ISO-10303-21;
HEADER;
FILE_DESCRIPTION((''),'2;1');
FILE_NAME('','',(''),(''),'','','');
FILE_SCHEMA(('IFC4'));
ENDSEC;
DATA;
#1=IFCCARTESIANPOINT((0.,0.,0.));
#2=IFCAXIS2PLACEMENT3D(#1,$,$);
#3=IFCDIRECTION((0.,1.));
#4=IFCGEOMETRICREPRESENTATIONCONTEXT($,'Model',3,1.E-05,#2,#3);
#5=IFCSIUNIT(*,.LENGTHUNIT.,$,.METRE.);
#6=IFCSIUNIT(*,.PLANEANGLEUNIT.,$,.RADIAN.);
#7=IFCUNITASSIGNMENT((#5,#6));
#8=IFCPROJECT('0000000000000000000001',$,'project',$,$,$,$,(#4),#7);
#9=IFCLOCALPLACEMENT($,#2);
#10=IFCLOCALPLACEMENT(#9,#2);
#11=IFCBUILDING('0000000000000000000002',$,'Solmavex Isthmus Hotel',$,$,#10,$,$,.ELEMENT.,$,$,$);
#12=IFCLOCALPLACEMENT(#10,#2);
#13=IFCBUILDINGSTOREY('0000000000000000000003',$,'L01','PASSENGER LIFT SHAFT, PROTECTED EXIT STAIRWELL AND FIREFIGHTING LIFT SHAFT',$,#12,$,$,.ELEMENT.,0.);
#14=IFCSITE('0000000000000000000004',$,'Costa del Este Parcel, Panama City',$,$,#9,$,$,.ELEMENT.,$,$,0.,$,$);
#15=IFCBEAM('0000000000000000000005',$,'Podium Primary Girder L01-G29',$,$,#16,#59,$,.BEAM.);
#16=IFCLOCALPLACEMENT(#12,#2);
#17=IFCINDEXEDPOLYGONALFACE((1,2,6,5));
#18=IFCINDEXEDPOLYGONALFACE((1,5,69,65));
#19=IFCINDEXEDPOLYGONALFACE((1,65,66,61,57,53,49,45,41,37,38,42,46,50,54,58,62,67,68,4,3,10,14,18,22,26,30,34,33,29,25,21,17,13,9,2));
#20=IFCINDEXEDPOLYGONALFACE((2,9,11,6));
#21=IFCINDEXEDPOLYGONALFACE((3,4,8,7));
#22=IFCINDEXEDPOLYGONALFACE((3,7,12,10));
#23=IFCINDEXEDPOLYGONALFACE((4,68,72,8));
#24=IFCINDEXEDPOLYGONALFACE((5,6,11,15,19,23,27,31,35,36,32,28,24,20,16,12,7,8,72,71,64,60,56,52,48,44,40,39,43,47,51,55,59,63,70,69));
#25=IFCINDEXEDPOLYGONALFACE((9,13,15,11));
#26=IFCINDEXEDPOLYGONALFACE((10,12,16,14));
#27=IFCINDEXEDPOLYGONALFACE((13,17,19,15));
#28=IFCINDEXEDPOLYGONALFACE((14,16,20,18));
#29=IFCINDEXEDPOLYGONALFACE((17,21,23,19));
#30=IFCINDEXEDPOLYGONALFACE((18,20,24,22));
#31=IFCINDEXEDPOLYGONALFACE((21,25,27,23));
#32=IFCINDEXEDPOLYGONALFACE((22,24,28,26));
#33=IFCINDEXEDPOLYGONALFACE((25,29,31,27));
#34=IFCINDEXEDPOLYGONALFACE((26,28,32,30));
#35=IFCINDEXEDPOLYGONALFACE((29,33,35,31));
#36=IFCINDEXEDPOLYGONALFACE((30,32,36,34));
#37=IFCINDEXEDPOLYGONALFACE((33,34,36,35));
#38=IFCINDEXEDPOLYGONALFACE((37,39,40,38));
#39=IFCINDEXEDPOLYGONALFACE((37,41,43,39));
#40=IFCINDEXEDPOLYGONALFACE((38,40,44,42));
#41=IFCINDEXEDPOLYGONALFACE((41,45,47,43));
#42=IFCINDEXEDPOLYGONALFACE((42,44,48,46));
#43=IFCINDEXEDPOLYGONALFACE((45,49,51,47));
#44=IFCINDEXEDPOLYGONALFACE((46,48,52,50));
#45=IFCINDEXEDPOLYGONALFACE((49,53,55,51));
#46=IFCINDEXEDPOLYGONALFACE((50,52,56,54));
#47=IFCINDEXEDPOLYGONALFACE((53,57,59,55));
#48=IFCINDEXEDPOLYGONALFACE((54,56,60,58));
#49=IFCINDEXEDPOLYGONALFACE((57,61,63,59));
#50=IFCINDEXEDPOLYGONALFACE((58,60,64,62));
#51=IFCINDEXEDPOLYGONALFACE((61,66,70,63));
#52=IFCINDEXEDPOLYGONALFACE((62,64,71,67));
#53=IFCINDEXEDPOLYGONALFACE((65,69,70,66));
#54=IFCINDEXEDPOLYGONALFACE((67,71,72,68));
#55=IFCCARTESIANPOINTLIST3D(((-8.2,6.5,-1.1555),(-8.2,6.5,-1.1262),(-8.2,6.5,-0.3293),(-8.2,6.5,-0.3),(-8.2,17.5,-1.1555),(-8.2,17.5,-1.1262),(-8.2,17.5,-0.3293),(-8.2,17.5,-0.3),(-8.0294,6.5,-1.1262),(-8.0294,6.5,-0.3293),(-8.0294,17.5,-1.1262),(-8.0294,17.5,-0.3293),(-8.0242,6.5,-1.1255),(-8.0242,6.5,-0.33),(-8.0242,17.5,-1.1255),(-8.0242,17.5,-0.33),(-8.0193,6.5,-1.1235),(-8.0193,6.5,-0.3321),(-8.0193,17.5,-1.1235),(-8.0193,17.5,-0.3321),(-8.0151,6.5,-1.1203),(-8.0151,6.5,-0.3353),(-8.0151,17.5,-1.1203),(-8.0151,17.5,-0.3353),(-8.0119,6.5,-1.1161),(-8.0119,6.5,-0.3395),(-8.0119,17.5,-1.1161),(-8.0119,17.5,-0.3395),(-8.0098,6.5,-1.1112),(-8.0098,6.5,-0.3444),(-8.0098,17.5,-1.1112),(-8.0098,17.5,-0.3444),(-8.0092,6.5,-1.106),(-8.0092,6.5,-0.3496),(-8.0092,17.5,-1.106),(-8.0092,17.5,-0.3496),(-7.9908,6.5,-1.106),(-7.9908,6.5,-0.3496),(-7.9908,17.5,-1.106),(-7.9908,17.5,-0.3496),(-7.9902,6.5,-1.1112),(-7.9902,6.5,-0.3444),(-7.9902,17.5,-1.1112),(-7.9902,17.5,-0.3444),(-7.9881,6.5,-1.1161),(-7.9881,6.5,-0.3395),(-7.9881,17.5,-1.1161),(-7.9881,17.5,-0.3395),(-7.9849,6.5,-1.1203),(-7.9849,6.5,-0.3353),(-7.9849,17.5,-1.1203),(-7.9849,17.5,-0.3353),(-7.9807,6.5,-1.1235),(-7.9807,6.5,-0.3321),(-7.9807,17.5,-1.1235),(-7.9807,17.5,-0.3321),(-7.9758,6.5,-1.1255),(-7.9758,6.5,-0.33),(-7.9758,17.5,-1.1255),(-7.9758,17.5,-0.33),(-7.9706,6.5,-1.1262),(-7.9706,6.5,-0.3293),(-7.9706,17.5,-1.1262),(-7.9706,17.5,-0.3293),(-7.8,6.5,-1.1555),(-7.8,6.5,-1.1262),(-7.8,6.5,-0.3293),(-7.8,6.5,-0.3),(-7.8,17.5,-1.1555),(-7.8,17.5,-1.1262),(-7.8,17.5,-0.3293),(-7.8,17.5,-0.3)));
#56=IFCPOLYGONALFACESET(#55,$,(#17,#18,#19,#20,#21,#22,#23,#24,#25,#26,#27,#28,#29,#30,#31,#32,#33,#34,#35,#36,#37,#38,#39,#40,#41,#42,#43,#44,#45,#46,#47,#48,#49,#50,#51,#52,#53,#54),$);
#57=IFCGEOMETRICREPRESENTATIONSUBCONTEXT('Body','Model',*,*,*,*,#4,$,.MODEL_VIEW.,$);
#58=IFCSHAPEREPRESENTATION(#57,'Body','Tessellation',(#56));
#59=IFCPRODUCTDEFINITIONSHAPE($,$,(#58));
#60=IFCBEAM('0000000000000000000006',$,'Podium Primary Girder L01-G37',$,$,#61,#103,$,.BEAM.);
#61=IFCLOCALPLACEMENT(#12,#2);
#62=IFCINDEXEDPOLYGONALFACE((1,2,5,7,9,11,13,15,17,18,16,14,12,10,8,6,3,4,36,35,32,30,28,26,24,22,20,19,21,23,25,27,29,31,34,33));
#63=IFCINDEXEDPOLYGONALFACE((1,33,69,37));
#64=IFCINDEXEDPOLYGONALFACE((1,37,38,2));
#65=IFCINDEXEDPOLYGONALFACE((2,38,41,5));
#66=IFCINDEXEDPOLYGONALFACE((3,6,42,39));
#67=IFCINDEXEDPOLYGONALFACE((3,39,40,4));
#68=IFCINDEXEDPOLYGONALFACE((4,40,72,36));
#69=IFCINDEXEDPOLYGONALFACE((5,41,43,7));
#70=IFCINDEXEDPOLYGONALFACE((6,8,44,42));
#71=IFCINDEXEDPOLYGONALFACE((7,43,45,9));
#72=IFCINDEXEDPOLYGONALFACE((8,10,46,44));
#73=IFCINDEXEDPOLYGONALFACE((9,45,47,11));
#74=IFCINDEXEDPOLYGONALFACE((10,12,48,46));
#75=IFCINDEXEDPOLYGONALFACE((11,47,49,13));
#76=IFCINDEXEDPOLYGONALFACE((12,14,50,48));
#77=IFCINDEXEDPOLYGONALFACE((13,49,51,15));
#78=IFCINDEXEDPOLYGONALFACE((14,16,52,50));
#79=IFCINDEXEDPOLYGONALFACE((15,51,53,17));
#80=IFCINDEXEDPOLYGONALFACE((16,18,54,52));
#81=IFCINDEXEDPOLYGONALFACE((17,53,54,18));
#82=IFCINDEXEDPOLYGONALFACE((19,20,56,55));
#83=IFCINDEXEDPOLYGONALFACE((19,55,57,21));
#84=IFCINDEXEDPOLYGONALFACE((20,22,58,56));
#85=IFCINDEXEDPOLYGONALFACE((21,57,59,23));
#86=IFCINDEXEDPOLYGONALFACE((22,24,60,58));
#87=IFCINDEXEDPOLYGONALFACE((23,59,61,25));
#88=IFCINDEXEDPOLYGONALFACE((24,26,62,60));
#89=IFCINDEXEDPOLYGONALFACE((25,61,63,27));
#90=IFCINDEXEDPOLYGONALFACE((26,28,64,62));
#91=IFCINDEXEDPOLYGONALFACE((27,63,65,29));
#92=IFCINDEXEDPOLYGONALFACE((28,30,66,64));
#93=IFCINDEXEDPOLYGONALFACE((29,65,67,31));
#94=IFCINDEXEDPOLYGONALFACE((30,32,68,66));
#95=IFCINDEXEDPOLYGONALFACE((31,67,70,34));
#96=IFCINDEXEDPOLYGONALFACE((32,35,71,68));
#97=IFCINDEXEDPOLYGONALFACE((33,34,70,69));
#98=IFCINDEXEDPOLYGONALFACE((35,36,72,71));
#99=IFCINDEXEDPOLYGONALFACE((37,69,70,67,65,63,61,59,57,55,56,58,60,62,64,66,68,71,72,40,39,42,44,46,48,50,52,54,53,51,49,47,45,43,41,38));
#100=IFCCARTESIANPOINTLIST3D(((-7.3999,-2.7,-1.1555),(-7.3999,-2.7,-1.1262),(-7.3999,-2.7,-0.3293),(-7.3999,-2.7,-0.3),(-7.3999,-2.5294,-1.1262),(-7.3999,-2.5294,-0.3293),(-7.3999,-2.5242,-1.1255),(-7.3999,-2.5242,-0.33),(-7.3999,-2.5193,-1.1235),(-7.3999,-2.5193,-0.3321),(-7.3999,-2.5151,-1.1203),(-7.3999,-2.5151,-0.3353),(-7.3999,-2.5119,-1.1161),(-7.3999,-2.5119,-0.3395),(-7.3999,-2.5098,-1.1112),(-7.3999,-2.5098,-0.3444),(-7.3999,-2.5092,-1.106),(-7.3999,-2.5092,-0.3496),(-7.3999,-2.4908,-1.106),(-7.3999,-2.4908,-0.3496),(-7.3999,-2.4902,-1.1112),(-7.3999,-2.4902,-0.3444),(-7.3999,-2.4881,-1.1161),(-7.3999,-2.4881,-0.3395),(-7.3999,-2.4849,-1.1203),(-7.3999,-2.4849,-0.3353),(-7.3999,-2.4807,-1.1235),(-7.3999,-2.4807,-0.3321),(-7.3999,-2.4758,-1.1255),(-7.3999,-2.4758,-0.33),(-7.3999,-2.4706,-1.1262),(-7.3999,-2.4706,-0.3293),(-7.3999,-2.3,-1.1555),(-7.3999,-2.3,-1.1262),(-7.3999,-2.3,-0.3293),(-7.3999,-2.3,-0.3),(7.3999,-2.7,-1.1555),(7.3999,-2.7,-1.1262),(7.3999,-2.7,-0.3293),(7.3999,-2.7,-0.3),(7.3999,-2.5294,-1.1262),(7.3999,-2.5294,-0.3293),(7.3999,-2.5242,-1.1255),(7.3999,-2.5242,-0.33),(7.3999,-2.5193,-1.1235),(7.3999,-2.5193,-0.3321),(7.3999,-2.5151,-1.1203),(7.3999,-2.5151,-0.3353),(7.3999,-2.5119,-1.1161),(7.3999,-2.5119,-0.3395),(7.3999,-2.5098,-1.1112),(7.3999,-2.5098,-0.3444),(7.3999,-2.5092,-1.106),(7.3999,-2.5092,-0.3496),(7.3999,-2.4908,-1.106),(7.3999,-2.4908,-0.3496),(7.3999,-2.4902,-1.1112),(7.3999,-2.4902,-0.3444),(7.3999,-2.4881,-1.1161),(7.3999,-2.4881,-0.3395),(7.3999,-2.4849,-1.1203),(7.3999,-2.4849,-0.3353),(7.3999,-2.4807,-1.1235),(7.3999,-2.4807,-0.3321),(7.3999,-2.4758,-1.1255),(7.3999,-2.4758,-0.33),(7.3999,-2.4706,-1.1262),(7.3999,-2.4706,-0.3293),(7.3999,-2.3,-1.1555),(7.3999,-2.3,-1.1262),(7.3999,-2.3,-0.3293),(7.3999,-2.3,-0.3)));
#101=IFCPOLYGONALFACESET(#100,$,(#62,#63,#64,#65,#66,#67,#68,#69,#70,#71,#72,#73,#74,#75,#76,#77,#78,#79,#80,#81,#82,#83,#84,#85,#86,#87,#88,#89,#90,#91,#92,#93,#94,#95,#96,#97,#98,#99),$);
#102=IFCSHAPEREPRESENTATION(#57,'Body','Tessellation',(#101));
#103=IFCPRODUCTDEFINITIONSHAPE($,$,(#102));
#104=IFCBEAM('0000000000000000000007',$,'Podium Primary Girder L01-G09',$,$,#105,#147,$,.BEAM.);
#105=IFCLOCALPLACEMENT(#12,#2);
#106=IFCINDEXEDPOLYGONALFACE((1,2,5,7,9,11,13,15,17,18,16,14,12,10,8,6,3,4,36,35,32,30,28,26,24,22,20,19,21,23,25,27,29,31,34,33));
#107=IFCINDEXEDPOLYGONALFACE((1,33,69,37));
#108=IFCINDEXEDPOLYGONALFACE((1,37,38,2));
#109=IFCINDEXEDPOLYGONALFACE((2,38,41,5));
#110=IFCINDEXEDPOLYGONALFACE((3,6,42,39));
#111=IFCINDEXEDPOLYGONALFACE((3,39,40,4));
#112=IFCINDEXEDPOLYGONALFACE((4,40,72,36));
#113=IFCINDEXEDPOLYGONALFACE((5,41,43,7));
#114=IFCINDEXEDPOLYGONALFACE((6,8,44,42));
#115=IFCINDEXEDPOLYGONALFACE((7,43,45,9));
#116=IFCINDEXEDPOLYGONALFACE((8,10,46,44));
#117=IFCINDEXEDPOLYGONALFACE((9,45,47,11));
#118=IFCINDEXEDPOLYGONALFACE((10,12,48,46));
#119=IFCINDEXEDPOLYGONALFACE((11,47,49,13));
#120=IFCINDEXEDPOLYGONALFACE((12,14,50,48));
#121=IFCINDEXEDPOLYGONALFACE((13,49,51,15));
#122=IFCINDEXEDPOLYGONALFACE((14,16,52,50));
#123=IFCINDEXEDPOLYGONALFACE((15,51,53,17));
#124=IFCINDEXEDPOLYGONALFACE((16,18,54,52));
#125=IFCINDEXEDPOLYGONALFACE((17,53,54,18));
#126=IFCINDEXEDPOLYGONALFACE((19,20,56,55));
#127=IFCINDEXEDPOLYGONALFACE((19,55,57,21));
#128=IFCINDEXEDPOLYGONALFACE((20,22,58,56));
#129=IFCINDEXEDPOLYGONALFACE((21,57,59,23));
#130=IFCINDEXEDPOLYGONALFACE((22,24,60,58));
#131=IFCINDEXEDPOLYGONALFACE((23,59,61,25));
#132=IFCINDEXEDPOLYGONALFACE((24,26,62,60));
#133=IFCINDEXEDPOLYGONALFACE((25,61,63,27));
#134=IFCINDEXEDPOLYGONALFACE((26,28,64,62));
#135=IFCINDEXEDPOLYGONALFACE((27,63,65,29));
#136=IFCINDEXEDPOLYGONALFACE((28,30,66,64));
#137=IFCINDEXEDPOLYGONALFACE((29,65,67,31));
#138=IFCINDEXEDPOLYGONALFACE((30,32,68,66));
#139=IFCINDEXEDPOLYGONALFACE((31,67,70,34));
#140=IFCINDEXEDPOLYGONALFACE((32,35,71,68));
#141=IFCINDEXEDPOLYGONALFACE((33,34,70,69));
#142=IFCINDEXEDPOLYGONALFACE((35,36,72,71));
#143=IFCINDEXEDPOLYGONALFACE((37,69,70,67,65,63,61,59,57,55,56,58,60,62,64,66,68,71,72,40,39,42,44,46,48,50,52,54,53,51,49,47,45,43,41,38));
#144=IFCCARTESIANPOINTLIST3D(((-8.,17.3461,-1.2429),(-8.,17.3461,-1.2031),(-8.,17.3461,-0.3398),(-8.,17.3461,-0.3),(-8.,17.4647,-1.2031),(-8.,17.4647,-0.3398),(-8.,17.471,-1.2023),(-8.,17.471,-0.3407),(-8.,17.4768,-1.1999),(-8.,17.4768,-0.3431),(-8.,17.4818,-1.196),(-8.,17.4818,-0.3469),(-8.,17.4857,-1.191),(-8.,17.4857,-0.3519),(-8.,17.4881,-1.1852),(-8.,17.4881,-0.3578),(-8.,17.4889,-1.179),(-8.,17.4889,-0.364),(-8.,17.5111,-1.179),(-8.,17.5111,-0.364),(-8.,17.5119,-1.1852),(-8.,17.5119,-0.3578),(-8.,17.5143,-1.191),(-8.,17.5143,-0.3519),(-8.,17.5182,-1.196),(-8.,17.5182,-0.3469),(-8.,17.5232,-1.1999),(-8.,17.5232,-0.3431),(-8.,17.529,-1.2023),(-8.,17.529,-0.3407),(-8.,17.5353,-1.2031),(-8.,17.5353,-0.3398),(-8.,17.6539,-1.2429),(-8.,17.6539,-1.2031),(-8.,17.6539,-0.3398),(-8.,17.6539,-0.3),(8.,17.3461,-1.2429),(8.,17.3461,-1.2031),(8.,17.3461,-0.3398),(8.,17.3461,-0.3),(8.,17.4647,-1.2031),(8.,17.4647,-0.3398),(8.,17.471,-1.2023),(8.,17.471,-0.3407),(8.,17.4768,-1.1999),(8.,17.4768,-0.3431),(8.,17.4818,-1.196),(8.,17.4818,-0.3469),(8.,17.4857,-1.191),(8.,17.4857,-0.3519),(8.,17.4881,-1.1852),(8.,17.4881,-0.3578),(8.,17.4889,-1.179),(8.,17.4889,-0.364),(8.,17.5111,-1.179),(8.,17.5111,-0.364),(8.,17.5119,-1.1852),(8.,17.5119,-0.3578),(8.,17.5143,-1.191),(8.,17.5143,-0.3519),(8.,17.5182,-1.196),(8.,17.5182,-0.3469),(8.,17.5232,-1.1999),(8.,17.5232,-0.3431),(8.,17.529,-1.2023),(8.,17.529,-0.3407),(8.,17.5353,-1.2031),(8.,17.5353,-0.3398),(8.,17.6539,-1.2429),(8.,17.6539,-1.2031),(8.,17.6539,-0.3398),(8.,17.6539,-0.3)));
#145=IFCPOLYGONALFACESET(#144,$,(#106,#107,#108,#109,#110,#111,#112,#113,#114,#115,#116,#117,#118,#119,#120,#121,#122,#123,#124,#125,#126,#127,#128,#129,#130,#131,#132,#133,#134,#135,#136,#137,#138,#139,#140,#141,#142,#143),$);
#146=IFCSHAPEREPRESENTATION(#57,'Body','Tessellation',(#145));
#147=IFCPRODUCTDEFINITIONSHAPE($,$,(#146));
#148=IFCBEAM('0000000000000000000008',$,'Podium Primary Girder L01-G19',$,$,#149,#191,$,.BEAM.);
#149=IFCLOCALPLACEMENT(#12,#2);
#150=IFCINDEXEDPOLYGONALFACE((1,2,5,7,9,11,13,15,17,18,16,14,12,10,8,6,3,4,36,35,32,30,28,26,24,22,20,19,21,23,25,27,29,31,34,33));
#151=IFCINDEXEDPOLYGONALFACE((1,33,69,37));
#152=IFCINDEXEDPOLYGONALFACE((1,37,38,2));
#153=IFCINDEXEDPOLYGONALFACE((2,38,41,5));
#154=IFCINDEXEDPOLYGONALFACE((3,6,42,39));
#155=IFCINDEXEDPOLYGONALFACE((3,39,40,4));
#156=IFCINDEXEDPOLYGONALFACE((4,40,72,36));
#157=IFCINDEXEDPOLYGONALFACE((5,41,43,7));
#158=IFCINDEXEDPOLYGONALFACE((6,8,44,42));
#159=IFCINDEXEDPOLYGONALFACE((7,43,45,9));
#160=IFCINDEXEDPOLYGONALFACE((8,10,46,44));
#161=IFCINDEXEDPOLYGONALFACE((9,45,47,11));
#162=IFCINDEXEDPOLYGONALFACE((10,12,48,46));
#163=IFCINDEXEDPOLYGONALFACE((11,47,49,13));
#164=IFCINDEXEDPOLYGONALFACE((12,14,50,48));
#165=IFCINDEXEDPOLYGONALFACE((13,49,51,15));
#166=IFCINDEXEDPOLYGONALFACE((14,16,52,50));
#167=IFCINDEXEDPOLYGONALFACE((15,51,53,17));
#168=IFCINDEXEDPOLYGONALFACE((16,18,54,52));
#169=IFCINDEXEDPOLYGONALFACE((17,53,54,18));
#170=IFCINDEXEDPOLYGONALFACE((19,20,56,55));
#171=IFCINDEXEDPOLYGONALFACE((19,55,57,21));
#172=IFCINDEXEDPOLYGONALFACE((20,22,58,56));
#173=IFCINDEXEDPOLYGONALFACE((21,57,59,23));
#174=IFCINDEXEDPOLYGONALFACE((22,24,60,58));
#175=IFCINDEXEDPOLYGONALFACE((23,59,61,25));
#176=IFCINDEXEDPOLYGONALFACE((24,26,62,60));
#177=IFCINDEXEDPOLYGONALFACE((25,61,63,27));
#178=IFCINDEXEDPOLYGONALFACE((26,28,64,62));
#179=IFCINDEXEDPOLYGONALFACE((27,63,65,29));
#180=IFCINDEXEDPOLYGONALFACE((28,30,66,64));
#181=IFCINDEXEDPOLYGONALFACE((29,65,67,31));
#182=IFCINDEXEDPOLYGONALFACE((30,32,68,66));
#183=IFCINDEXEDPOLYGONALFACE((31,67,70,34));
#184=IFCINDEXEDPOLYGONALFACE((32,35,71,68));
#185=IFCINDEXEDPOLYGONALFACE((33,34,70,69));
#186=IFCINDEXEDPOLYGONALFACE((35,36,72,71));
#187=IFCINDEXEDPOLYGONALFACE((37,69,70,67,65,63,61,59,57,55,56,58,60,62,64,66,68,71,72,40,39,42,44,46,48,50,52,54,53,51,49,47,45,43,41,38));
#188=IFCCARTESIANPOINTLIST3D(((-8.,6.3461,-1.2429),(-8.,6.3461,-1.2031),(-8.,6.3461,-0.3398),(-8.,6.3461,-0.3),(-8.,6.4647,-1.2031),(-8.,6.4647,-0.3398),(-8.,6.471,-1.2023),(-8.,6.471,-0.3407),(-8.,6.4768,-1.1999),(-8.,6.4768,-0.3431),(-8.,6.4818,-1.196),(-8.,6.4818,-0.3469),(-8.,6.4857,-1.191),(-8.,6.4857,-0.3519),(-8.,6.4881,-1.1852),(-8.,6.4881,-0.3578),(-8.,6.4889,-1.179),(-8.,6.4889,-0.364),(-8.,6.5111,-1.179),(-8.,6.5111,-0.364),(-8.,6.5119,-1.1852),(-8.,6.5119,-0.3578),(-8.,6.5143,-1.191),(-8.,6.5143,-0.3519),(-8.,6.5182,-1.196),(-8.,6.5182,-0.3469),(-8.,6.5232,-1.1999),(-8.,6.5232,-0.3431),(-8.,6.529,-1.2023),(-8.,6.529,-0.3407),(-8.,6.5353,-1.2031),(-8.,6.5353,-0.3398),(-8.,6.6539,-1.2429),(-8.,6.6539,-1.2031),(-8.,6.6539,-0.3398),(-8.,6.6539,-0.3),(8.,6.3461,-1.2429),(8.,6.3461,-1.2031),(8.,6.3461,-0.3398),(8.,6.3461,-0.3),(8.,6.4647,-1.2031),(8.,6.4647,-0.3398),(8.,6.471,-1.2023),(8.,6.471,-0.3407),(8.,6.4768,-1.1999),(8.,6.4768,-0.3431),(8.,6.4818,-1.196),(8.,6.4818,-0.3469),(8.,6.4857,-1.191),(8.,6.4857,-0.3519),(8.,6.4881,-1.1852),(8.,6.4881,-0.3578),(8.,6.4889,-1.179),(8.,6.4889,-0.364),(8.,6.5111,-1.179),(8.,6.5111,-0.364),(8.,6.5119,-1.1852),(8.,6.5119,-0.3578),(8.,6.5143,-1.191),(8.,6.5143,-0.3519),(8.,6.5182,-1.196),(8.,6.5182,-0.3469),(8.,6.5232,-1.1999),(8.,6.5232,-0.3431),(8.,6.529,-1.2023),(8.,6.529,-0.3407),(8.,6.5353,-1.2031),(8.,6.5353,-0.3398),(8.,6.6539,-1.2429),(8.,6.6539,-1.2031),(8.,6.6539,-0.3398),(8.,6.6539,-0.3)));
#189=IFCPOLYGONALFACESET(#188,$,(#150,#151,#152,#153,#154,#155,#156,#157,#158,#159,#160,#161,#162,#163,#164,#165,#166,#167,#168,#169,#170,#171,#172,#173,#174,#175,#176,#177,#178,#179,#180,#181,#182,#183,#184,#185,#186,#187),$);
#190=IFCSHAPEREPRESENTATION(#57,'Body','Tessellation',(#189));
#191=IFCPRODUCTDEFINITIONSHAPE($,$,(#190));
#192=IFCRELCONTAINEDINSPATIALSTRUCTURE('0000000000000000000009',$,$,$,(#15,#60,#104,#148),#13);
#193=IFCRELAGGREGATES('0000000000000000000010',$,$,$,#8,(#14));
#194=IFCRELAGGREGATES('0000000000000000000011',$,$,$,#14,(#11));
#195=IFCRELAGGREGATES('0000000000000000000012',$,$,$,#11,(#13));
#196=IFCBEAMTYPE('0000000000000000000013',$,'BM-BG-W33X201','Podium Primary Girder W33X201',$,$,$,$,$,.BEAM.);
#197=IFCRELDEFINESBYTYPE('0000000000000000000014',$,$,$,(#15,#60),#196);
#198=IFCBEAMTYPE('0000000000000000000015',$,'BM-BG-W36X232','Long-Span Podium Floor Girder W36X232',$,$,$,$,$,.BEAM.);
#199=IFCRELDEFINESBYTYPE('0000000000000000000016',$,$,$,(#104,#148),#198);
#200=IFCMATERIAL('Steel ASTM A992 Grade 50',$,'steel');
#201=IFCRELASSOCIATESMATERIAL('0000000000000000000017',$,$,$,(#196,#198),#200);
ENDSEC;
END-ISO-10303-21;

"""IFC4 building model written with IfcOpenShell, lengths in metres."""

from ifc_helpers import new_model, si_unit, direction, frame, origin, origin_2d, place, context, subcontext, project, spatial, i_section, extrude, material, material_profile, profile_set, type_object, element, save


model = new_model("IFC4")

# Units and contexts
model_context = context("Model", 3, precision=1e-05, world=origin(), true_north=direction((0.0, 1.0)))
body_context = subcontext(model_context, "Body", "Model", "MODEL_VIEW")
ifc_project = project(units=[si_unit("LENGTHUNIT", "METRE"), si_unit("PLANEANGLEUNIT", "RADIAN")], contexts=[model_context])

# Site, building, storey
site_placement = place(None, origin())
site = spatial("IfcSite", under=ifc_project, at=site_placement, Name="Costa del Este Parcel, Panama City", CompositionType="ELEMENT", RefElevation=0.0)
building_placement = place(site_placement, origin())
building = spatial("IfcBuilding", under=site, at=building_placement, Name="Solmavex Isthmus Hotel", CompositionType="ELEMENT")
storey_placement = place(building_placement, origin())
storey = spatial("IfcBuildingStorey", under=building, at=storey_placement, Name="L01", Description="PASSENGER LIFT SHAFT, PROTECTED EXIT STAIRWELL AND FIREFIGHTING LIFT SHAFT", CompositionType="ELEMENT", Elevation=0.0)

# Beams
ifc_material_1 = material(Name="Steel ASTM A992 Grade 50", Category="steel")
ifc_material_profile_1 = material_profile(ifc_material_1, i_section(OverallWidth=0.3999, OverallDepth=0.8555, WebThickness=0.0183, FlangeThickness=0.0293, FilletRadius=0.0203, at=origin_2d()), Name="W33X201")
ifc_profile_set_1 = profile_set([ifc_material_profile_1], Name="Steel ASTM A992 Grade 50")
beam_type_1 = type_object("IfcBeamType", Name="BM-BG-W33X201", Description="Podium Primary Girder W33X201", PredefinedType="BEAM", material=ifc_profile_set_1)
beam_1_placement = place(storey_placement, frame((-8.0, 6.5, -0.7278), z_axis=(0.0, 1.0, 0.0), x_axis=(-1.0, 0.0, 0.0)))
element("IfcBeam", 1, at=beam_1_placement, inside=storey, type_object=beam_type_1, Name="Podium Primary Girder L01-G29", PredefinedType="BEAM", context=body_context, shape_type="SweptSolid", body=[
    extrude(i_section(OverallWidth=0.3999, OverallDepth=0.8555, WebThickness=0.0183, FlangeThickness=0.0293, FilletRadius=0.0203, at=origin_2d()), origin(), (0.0, 0.0, 1.0), 11.0),
])
beam_2_placement = place(storey_placement, frame((-7.3999, -2.5, -0.7278), z_axis=(1.0, 0.0, 0.0), x_axis=(0.0, 1.0, 0.0)))
element("IfcBeam", 2, at=beam_2_placement, inside=storey, type_object=beam_type_1, Name="Podium Primary Girder L01-G37", PredefinedType="BEAM", context=body_context, shape_type="SweptSolid", body=[
    extrude(i_section(OverallWidth=0.3999, OverallDepth=0.8555, WebThickness=0.0183, FlangeThickness=0.0293, FilletRadius=0.0203, at=origin_2d()), origin(), (0.0, 0.0, 1.0), 14.7998),
])
ifc_material_profile_2 = material_profile(ifc_material_1, i_section(OverallWidth=0.3079, OverallDepth=0.9429, WebThickness=0.0222, FlangeThickness=0.0398, FilletRadius=0.0242, at=origin_2d()), Name="W36X232")
ifc_profile_set_2 = profile_set([ifc_material_profile_2], Name="Steel ASTM A992 Grade 50")
beam_type_2 = type_object("IfcBeamType", Name="BM-BG-W36X232", Description="Long-Span Podium Floor Girder W36X232", PredefinedType="BEAM", material=ifc_profile_set_2)
for number, where, z_axis, x_axis, name in (
    (3, (-8.0, 17.5, -0.7715), (1.0, 0.0, 0.0), (0.0, 1.0, 0.0), "Podium Primary Girder L01-G09"),
    (4, (-8.0, 6.5, -0.7715), (1.0, 0.0, 0.0), (0.0, 1.0, 0.0), "Podium Primary Girder L01-G19"),
):
    element("IfcBeam", number, at=place(storey_placement, frame(where, z_axis=z_axis, x_axis=x_axis)), inside=storey, type_object=beam_type_2, Name=name, PredefinedType="BEAM", context=body_context, shape_type="SweptSolid", body=[
        extrude(i_section(OverallWidth=0.3079, OverallDepth=0.9429, WebThickness=0.0222, FlangeThickness=0.0398, FilletRadius=0.0242, at=origin_2d()), origin(), (0.0, 0.0, 1.0), 16.0),
    ])

save(model, "model.ifc")
